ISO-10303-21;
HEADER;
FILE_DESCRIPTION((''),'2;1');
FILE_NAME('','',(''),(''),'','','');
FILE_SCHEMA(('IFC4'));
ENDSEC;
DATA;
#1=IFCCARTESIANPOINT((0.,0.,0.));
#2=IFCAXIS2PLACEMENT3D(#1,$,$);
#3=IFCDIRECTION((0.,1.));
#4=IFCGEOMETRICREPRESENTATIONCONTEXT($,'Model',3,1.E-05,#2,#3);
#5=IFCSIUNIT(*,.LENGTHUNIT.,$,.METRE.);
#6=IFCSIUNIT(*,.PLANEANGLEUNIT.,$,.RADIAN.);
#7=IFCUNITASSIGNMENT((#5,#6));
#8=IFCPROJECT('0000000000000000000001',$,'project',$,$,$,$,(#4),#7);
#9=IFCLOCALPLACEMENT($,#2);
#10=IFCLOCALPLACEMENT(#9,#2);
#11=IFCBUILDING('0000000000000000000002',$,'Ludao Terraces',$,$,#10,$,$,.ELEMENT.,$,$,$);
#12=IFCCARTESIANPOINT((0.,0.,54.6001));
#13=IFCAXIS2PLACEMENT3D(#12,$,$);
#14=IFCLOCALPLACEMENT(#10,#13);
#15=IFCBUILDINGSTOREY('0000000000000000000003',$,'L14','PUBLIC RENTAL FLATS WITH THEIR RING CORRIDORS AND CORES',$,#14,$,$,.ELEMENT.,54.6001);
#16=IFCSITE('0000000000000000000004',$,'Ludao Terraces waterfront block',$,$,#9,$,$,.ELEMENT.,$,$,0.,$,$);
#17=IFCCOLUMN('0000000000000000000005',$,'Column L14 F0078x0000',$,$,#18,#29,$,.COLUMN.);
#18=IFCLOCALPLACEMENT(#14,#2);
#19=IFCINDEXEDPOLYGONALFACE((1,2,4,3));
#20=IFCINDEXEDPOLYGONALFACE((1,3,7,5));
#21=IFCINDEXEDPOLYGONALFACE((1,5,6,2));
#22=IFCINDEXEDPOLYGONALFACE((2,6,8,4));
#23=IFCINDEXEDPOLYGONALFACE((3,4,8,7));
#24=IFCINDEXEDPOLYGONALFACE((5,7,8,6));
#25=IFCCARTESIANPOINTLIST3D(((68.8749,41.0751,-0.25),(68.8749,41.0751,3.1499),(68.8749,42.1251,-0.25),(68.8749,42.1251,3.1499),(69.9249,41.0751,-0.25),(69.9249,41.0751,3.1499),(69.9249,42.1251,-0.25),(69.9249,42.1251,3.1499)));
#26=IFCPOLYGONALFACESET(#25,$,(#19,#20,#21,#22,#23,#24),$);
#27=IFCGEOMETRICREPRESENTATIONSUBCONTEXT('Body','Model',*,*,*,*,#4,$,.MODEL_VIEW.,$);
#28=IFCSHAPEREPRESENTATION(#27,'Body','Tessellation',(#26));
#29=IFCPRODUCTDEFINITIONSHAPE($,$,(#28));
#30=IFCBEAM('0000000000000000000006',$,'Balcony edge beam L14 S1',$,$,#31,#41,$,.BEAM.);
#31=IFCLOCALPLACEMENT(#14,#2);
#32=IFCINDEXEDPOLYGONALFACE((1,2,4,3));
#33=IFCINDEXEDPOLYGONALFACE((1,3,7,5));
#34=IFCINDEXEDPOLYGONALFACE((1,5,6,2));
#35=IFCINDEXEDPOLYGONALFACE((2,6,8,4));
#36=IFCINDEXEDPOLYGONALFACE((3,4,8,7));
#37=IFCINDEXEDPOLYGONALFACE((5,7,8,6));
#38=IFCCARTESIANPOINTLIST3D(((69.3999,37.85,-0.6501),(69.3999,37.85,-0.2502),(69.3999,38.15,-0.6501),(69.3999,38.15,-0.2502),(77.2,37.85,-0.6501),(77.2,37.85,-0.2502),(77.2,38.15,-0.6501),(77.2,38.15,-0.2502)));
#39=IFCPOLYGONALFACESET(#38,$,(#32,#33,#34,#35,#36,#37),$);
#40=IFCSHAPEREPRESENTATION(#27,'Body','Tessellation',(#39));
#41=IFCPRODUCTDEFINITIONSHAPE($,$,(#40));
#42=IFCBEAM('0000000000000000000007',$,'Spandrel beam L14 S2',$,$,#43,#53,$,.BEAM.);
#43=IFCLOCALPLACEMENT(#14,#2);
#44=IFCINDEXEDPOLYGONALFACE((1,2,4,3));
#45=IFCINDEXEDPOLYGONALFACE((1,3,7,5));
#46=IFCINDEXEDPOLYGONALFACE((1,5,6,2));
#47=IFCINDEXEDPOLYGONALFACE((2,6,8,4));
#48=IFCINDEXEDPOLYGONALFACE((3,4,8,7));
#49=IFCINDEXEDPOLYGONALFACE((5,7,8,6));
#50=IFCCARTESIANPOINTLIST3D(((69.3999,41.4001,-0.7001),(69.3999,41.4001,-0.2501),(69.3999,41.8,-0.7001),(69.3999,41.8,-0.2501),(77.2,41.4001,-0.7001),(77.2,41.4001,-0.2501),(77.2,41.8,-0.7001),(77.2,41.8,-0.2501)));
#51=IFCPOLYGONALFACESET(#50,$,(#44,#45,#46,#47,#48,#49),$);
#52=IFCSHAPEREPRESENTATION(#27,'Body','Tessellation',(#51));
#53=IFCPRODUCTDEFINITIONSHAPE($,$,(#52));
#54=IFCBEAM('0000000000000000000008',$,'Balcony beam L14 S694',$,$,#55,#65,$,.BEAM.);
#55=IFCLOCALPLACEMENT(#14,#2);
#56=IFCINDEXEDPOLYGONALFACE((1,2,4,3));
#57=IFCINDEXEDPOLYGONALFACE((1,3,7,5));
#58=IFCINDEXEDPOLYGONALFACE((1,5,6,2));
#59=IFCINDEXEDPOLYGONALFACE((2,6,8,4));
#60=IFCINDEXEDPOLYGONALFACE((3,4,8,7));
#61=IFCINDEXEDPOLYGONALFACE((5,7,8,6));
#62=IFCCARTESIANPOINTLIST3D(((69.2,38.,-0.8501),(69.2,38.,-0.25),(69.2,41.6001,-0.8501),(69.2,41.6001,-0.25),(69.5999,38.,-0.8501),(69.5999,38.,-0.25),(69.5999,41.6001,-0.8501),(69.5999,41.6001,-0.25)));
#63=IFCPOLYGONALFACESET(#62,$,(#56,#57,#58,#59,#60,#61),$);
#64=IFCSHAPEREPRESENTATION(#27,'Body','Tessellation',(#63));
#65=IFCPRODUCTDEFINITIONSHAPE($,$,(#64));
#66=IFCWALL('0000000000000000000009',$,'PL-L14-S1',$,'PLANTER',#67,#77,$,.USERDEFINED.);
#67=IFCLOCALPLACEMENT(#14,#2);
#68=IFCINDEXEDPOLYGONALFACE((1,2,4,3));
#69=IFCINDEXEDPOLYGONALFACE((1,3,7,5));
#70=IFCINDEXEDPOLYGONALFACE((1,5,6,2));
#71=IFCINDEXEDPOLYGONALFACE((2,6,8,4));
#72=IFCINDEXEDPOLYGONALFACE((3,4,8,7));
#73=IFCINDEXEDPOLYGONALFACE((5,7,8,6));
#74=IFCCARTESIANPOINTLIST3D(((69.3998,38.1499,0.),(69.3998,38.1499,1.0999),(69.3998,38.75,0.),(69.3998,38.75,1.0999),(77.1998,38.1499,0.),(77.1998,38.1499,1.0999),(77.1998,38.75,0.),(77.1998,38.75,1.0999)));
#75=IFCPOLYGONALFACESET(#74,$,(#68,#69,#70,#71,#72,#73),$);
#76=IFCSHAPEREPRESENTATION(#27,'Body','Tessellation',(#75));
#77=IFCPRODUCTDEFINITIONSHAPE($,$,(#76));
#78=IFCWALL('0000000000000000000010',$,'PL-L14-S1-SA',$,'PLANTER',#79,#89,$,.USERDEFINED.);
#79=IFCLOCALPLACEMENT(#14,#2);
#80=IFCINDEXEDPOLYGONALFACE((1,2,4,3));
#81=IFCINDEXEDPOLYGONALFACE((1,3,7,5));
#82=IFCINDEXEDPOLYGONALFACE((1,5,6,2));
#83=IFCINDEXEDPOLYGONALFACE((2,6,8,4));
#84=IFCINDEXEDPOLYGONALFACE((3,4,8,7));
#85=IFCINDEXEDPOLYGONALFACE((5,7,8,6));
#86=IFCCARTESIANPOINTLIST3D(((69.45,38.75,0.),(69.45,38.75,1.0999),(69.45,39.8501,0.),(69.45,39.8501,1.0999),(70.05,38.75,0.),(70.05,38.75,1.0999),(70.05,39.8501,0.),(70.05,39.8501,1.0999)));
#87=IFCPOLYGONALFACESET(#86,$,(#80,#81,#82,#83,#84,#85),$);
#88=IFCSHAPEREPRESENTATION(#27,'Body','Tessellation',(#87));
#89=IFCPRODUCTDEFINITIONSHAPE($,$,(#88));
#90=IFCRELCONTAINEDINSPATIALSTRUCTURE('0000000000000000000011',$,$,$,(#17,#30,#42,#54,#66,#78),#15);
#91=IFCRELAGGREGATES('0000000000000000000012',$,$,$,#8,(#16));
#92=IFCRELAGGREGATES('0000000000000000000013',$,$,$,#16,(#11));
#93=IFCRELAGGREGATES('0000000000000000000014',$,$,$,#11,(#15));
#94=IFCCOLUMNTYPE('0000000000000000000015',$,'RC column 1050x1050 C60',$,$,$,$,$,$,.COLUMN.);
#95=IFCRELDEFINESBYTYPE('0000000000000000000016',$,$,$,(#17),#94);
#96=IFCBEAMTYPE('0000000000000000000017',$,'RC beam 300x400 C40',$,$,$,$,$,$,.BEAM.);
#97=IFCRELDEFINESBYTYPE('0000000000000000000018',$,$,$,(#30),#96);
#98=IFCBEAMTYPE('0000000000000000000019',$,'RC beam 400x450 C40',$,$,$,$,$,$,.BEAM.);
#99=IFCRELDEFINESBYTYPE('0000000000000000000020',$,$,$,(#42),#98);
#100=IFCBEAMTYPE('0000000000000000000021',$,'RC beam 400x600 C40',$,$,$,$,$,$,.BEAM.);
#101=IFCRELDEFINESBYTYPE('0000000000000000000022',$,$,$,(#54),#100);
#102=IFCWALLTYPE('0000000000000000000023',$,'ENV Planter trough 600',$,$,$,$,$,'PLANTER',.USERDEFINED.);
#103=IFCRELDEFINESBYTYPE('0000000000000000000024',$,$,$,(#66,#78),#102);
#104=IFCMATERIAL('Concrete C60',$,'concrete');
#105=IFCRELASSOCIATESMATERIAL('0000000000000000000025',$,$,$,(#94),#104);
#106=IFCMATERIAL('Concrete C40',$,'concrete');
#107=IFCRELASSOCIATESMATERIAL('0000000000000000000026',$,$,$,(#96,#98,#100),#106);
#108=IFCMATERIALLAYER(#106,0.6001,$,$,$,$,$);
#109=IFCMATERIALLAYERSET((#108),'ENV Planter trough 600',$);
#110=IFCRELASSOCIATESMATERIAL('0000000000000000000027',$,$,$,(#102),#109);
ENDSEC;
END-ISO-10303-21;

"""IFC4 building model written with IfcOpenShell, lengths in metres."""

from ifc_helpers import new_model, si_unit, direction, frame, frame_2d, origin, origin_2d, place, context, subcontext, project, spatial, rectangle, extrude, material, layer, layer_set, material_profile, profile_set, type_object, element, save


model = new_model("IFC4")

# Units and contexts
model_context = context("Model", 3, precision=1e-05, world=origin(), true_north=direction((0.0, 1.0)))
body_context = subcontext(model_context, "Body", "Model", "MODEL_VIEW")
ifc_project = project(units=[si_unit("LENGTHUNIT", "METRE"), si_unit("PLANEANGLEUNIT", "RADIAN")], contexts=[model_context])

# Site, building, storey
site_placement = place(None, origin())
site = spatial("IfcSite", under=ifc_project, at=site_placement, Name="Ludao Terraces waterfront block", CompositionType="ELEMENT", RefElevation=0.0)
building_placement = place(site_placement, origin())
building = spatial("IfcBuilding", under=site, at=building_placement, Name="Ludao Terraces", CompositionType="ELEMENT")
storey_placement = place(building_placement, frame((0.0, 0.0, 54.6001)))
storey = spatial("IfcBuildingStorey", under=building, at=storey_placement, Name="L14", Description="PUBLIC RENTAL FLATS WITH THEIR RING CORRIDORS AND CORES", CompositionType="ELEMENT", Elevation=54.6001)

# Column
ifc_material_1 = material(Name="Concrete C60", Category="concrete")
ifc_material_profile_1 = material_profile(ifc_material_1, rectangle(XDim=1.05, YDim=1.05, at=origin_2d()), Name="1050 X 1050")
ifc_profile_set_1 = profile_set([ifc_material_profile_1], Name="Concrete C60")
column_type = type_object("IfcColumnType", Name="RC column 1050x1050 C60", PredefinedType="COLUMN", material=ifc_profile_set_1)
column_placement = place(storey_placement, frame((69.3999, 41.6001, -0.25), z_axis=(0.0, 0.0, 1.0), x_axis=(1.0, 0.0, 0.0)))
element("IfcColumn", 1, at=column_placement, inside=storey, type_object=column_type, Name="Column L14 F0078x0000", PredefinedType="COLUMN", context=body_context, shape_type="SweptSolid", body=[
    extrude(rectangle(XDim=1.05, YDim=1.05, at=origin_2d()), origin(), (0.0, 0.0, 1.0), 3.3999),
])

# Beams
ifc_material_2 = material(Name="Concrete C40", Category="concrete")
ifc_material_profile_2 = material_profile(ifc_material_2, rectangle(XDim=0.3, YDim=0.3999, at=origin_2d()), Name="300 X 400")
ifc_profile_set_2 = profile_set([ifc_material_profile_2], Name="Concrete C40")
beam_type_1 = type_object("IfcBeamType", Name="RC beam 300x400 C40", PredefinedType="BEAM", material=ifc_profile_set_2)
beam_1_placement = place(storey_placement, frame((69.3999, 38.0, -0.4502), z_axis=(1.0, 0.0, 0.0), x_axis=(0.0, 1.0, 0.0)))
element("IfcBeam", 2, at=beam_1_placement, inside=storey, type_object=beam_type_1, Name="Balcony edge beam L14 S1", PredefinedType="BEAM", context=body_context, shape_type="SweptSolid", body=[
    extrude(rectangle(XDim=0.3, YDim=0.3999, at=origin_2d()), origin(), (0.0, 0.0, 1.0), 7.8),
])
ifc_material_profile_3 = material_profile(ifc_material_2, rectangle(XDim=0.3999, YDim=0.45, at=origin_2d()), Name="400 X 450")
ifc_profile_set_3 = profile_set([ifc_material_profile_3], Name="Concrete C40")
beam_type_2 = type_object("IfcBeamType", Name="RC beam 400x450 C40", PredefinedType="BEAM", material=ifc_profile_set_3)
beam_2_placement = place(storey_placement, frame((69.3999, 41.6001, -0.4751), z_axis=(1.0, 0.0, 0.0), x_axis=(0.0, 1.0, 0.0)))
element("IfcBeam", 3, at=beam_2_placement, inside=storey, type_object=beam_type_2, Name="Spandrel beam L14 S2", PredefinedType="BEAM", context=body_context, shape_type="SweptSolid", body=[
    extrude(rectangle(XDim=0.3999, YDim=0.45, at=origin_2d()), origin(), (0.0, 0.0, 1.0), 7.8),
])
ifc_material_profile_4 = material_profile(ifc_material_2, rectangle(XDim=0.3999, YDim=0.6001, at=origin_2d()), Name="400 X 600")
ifc_profile_set_4 = profile_set([ifc_material_profile_4], Name="Concrete C40")
beam_type_3 = type_object("IfcBeamType", Name="RC beam 400x600 C40", PredefinedType="BEAM", material=ifc_profile_set_4)
beam_3_placement = place(storey_placement, frame((69.3999, 41.6001, -0.55), z_axis=(0.0, -1.0, 0.0), x_axis=(1.0, 0.0, 0.0)))
element("IfcBeam", 4, at=beam_3_placement, inside=storey, type_object=beam_type_3, Name="Balcony beam L14 S694", PredefinedType="BEAM", context=body_context, shape_type="SweptSolid", body=[
    extrude(rectangle(XDim=0.3999, YDim=0.6001, at=origin_2d()), origin(), (0.0, 0.0, 1.0), 3.6001),
])

# Walls
ifc_layer = layer(ifc_material_2, 0.6001)
ifc_layer_set = layer_set([ifc_layer], Name="ENV Planter trough 600")
wall_type = type_object("IfcWallType", Name="ENV Planter trough 600", ElementType="PLANTER", PredefinedType="USERDEFINED", material=ifc_layer_set)
wall_1_placement = place(storey_placement, frame((69.3999, 38.45, 0.0), z_axis=(0.0, 0.0, 1.0), x_axis=(1.0, 0.0, 0.0)))
element("IfcWall", 5, at=wall_1_placement, inside=storey, type_object=wall_type, Name="PL-L14-S1", ObjectType="PLANTER", PredefinedType="USERDEFINED", context=body_context, shape_type="SweptSolid", body=[
    extrude(rectangle(XDim=7.8, YDim=0.6001, at=frame_2d((3.8999, 0.0))), origin(), (0.0, 0.0, 1.0), 1.0999),
])
wall_2_placement = place(storey_placement, frame((69.75, 38.75, 0.0), z_axis=(0.0, 0.0, 1.0), x_axis=(0.0, 1.0, 0.0)))
element("IfcWall", 6, at=wall_2_placement, inside=storey, type_object=wall_type, Name="PL-L14-S1-SA", ObjectType="PLANTER", PredefinedType="USERDEFINED", context=body_context, shape_type="SweptSolid", body=[
    extrude(rectangle(XDim=1.1001, YDim=0.6001, at=frame_2d((0.55, 0.0))), origin(), (0.0, 0.0, 1.0), 1.0999),
])

save(model, "model.ifc")
